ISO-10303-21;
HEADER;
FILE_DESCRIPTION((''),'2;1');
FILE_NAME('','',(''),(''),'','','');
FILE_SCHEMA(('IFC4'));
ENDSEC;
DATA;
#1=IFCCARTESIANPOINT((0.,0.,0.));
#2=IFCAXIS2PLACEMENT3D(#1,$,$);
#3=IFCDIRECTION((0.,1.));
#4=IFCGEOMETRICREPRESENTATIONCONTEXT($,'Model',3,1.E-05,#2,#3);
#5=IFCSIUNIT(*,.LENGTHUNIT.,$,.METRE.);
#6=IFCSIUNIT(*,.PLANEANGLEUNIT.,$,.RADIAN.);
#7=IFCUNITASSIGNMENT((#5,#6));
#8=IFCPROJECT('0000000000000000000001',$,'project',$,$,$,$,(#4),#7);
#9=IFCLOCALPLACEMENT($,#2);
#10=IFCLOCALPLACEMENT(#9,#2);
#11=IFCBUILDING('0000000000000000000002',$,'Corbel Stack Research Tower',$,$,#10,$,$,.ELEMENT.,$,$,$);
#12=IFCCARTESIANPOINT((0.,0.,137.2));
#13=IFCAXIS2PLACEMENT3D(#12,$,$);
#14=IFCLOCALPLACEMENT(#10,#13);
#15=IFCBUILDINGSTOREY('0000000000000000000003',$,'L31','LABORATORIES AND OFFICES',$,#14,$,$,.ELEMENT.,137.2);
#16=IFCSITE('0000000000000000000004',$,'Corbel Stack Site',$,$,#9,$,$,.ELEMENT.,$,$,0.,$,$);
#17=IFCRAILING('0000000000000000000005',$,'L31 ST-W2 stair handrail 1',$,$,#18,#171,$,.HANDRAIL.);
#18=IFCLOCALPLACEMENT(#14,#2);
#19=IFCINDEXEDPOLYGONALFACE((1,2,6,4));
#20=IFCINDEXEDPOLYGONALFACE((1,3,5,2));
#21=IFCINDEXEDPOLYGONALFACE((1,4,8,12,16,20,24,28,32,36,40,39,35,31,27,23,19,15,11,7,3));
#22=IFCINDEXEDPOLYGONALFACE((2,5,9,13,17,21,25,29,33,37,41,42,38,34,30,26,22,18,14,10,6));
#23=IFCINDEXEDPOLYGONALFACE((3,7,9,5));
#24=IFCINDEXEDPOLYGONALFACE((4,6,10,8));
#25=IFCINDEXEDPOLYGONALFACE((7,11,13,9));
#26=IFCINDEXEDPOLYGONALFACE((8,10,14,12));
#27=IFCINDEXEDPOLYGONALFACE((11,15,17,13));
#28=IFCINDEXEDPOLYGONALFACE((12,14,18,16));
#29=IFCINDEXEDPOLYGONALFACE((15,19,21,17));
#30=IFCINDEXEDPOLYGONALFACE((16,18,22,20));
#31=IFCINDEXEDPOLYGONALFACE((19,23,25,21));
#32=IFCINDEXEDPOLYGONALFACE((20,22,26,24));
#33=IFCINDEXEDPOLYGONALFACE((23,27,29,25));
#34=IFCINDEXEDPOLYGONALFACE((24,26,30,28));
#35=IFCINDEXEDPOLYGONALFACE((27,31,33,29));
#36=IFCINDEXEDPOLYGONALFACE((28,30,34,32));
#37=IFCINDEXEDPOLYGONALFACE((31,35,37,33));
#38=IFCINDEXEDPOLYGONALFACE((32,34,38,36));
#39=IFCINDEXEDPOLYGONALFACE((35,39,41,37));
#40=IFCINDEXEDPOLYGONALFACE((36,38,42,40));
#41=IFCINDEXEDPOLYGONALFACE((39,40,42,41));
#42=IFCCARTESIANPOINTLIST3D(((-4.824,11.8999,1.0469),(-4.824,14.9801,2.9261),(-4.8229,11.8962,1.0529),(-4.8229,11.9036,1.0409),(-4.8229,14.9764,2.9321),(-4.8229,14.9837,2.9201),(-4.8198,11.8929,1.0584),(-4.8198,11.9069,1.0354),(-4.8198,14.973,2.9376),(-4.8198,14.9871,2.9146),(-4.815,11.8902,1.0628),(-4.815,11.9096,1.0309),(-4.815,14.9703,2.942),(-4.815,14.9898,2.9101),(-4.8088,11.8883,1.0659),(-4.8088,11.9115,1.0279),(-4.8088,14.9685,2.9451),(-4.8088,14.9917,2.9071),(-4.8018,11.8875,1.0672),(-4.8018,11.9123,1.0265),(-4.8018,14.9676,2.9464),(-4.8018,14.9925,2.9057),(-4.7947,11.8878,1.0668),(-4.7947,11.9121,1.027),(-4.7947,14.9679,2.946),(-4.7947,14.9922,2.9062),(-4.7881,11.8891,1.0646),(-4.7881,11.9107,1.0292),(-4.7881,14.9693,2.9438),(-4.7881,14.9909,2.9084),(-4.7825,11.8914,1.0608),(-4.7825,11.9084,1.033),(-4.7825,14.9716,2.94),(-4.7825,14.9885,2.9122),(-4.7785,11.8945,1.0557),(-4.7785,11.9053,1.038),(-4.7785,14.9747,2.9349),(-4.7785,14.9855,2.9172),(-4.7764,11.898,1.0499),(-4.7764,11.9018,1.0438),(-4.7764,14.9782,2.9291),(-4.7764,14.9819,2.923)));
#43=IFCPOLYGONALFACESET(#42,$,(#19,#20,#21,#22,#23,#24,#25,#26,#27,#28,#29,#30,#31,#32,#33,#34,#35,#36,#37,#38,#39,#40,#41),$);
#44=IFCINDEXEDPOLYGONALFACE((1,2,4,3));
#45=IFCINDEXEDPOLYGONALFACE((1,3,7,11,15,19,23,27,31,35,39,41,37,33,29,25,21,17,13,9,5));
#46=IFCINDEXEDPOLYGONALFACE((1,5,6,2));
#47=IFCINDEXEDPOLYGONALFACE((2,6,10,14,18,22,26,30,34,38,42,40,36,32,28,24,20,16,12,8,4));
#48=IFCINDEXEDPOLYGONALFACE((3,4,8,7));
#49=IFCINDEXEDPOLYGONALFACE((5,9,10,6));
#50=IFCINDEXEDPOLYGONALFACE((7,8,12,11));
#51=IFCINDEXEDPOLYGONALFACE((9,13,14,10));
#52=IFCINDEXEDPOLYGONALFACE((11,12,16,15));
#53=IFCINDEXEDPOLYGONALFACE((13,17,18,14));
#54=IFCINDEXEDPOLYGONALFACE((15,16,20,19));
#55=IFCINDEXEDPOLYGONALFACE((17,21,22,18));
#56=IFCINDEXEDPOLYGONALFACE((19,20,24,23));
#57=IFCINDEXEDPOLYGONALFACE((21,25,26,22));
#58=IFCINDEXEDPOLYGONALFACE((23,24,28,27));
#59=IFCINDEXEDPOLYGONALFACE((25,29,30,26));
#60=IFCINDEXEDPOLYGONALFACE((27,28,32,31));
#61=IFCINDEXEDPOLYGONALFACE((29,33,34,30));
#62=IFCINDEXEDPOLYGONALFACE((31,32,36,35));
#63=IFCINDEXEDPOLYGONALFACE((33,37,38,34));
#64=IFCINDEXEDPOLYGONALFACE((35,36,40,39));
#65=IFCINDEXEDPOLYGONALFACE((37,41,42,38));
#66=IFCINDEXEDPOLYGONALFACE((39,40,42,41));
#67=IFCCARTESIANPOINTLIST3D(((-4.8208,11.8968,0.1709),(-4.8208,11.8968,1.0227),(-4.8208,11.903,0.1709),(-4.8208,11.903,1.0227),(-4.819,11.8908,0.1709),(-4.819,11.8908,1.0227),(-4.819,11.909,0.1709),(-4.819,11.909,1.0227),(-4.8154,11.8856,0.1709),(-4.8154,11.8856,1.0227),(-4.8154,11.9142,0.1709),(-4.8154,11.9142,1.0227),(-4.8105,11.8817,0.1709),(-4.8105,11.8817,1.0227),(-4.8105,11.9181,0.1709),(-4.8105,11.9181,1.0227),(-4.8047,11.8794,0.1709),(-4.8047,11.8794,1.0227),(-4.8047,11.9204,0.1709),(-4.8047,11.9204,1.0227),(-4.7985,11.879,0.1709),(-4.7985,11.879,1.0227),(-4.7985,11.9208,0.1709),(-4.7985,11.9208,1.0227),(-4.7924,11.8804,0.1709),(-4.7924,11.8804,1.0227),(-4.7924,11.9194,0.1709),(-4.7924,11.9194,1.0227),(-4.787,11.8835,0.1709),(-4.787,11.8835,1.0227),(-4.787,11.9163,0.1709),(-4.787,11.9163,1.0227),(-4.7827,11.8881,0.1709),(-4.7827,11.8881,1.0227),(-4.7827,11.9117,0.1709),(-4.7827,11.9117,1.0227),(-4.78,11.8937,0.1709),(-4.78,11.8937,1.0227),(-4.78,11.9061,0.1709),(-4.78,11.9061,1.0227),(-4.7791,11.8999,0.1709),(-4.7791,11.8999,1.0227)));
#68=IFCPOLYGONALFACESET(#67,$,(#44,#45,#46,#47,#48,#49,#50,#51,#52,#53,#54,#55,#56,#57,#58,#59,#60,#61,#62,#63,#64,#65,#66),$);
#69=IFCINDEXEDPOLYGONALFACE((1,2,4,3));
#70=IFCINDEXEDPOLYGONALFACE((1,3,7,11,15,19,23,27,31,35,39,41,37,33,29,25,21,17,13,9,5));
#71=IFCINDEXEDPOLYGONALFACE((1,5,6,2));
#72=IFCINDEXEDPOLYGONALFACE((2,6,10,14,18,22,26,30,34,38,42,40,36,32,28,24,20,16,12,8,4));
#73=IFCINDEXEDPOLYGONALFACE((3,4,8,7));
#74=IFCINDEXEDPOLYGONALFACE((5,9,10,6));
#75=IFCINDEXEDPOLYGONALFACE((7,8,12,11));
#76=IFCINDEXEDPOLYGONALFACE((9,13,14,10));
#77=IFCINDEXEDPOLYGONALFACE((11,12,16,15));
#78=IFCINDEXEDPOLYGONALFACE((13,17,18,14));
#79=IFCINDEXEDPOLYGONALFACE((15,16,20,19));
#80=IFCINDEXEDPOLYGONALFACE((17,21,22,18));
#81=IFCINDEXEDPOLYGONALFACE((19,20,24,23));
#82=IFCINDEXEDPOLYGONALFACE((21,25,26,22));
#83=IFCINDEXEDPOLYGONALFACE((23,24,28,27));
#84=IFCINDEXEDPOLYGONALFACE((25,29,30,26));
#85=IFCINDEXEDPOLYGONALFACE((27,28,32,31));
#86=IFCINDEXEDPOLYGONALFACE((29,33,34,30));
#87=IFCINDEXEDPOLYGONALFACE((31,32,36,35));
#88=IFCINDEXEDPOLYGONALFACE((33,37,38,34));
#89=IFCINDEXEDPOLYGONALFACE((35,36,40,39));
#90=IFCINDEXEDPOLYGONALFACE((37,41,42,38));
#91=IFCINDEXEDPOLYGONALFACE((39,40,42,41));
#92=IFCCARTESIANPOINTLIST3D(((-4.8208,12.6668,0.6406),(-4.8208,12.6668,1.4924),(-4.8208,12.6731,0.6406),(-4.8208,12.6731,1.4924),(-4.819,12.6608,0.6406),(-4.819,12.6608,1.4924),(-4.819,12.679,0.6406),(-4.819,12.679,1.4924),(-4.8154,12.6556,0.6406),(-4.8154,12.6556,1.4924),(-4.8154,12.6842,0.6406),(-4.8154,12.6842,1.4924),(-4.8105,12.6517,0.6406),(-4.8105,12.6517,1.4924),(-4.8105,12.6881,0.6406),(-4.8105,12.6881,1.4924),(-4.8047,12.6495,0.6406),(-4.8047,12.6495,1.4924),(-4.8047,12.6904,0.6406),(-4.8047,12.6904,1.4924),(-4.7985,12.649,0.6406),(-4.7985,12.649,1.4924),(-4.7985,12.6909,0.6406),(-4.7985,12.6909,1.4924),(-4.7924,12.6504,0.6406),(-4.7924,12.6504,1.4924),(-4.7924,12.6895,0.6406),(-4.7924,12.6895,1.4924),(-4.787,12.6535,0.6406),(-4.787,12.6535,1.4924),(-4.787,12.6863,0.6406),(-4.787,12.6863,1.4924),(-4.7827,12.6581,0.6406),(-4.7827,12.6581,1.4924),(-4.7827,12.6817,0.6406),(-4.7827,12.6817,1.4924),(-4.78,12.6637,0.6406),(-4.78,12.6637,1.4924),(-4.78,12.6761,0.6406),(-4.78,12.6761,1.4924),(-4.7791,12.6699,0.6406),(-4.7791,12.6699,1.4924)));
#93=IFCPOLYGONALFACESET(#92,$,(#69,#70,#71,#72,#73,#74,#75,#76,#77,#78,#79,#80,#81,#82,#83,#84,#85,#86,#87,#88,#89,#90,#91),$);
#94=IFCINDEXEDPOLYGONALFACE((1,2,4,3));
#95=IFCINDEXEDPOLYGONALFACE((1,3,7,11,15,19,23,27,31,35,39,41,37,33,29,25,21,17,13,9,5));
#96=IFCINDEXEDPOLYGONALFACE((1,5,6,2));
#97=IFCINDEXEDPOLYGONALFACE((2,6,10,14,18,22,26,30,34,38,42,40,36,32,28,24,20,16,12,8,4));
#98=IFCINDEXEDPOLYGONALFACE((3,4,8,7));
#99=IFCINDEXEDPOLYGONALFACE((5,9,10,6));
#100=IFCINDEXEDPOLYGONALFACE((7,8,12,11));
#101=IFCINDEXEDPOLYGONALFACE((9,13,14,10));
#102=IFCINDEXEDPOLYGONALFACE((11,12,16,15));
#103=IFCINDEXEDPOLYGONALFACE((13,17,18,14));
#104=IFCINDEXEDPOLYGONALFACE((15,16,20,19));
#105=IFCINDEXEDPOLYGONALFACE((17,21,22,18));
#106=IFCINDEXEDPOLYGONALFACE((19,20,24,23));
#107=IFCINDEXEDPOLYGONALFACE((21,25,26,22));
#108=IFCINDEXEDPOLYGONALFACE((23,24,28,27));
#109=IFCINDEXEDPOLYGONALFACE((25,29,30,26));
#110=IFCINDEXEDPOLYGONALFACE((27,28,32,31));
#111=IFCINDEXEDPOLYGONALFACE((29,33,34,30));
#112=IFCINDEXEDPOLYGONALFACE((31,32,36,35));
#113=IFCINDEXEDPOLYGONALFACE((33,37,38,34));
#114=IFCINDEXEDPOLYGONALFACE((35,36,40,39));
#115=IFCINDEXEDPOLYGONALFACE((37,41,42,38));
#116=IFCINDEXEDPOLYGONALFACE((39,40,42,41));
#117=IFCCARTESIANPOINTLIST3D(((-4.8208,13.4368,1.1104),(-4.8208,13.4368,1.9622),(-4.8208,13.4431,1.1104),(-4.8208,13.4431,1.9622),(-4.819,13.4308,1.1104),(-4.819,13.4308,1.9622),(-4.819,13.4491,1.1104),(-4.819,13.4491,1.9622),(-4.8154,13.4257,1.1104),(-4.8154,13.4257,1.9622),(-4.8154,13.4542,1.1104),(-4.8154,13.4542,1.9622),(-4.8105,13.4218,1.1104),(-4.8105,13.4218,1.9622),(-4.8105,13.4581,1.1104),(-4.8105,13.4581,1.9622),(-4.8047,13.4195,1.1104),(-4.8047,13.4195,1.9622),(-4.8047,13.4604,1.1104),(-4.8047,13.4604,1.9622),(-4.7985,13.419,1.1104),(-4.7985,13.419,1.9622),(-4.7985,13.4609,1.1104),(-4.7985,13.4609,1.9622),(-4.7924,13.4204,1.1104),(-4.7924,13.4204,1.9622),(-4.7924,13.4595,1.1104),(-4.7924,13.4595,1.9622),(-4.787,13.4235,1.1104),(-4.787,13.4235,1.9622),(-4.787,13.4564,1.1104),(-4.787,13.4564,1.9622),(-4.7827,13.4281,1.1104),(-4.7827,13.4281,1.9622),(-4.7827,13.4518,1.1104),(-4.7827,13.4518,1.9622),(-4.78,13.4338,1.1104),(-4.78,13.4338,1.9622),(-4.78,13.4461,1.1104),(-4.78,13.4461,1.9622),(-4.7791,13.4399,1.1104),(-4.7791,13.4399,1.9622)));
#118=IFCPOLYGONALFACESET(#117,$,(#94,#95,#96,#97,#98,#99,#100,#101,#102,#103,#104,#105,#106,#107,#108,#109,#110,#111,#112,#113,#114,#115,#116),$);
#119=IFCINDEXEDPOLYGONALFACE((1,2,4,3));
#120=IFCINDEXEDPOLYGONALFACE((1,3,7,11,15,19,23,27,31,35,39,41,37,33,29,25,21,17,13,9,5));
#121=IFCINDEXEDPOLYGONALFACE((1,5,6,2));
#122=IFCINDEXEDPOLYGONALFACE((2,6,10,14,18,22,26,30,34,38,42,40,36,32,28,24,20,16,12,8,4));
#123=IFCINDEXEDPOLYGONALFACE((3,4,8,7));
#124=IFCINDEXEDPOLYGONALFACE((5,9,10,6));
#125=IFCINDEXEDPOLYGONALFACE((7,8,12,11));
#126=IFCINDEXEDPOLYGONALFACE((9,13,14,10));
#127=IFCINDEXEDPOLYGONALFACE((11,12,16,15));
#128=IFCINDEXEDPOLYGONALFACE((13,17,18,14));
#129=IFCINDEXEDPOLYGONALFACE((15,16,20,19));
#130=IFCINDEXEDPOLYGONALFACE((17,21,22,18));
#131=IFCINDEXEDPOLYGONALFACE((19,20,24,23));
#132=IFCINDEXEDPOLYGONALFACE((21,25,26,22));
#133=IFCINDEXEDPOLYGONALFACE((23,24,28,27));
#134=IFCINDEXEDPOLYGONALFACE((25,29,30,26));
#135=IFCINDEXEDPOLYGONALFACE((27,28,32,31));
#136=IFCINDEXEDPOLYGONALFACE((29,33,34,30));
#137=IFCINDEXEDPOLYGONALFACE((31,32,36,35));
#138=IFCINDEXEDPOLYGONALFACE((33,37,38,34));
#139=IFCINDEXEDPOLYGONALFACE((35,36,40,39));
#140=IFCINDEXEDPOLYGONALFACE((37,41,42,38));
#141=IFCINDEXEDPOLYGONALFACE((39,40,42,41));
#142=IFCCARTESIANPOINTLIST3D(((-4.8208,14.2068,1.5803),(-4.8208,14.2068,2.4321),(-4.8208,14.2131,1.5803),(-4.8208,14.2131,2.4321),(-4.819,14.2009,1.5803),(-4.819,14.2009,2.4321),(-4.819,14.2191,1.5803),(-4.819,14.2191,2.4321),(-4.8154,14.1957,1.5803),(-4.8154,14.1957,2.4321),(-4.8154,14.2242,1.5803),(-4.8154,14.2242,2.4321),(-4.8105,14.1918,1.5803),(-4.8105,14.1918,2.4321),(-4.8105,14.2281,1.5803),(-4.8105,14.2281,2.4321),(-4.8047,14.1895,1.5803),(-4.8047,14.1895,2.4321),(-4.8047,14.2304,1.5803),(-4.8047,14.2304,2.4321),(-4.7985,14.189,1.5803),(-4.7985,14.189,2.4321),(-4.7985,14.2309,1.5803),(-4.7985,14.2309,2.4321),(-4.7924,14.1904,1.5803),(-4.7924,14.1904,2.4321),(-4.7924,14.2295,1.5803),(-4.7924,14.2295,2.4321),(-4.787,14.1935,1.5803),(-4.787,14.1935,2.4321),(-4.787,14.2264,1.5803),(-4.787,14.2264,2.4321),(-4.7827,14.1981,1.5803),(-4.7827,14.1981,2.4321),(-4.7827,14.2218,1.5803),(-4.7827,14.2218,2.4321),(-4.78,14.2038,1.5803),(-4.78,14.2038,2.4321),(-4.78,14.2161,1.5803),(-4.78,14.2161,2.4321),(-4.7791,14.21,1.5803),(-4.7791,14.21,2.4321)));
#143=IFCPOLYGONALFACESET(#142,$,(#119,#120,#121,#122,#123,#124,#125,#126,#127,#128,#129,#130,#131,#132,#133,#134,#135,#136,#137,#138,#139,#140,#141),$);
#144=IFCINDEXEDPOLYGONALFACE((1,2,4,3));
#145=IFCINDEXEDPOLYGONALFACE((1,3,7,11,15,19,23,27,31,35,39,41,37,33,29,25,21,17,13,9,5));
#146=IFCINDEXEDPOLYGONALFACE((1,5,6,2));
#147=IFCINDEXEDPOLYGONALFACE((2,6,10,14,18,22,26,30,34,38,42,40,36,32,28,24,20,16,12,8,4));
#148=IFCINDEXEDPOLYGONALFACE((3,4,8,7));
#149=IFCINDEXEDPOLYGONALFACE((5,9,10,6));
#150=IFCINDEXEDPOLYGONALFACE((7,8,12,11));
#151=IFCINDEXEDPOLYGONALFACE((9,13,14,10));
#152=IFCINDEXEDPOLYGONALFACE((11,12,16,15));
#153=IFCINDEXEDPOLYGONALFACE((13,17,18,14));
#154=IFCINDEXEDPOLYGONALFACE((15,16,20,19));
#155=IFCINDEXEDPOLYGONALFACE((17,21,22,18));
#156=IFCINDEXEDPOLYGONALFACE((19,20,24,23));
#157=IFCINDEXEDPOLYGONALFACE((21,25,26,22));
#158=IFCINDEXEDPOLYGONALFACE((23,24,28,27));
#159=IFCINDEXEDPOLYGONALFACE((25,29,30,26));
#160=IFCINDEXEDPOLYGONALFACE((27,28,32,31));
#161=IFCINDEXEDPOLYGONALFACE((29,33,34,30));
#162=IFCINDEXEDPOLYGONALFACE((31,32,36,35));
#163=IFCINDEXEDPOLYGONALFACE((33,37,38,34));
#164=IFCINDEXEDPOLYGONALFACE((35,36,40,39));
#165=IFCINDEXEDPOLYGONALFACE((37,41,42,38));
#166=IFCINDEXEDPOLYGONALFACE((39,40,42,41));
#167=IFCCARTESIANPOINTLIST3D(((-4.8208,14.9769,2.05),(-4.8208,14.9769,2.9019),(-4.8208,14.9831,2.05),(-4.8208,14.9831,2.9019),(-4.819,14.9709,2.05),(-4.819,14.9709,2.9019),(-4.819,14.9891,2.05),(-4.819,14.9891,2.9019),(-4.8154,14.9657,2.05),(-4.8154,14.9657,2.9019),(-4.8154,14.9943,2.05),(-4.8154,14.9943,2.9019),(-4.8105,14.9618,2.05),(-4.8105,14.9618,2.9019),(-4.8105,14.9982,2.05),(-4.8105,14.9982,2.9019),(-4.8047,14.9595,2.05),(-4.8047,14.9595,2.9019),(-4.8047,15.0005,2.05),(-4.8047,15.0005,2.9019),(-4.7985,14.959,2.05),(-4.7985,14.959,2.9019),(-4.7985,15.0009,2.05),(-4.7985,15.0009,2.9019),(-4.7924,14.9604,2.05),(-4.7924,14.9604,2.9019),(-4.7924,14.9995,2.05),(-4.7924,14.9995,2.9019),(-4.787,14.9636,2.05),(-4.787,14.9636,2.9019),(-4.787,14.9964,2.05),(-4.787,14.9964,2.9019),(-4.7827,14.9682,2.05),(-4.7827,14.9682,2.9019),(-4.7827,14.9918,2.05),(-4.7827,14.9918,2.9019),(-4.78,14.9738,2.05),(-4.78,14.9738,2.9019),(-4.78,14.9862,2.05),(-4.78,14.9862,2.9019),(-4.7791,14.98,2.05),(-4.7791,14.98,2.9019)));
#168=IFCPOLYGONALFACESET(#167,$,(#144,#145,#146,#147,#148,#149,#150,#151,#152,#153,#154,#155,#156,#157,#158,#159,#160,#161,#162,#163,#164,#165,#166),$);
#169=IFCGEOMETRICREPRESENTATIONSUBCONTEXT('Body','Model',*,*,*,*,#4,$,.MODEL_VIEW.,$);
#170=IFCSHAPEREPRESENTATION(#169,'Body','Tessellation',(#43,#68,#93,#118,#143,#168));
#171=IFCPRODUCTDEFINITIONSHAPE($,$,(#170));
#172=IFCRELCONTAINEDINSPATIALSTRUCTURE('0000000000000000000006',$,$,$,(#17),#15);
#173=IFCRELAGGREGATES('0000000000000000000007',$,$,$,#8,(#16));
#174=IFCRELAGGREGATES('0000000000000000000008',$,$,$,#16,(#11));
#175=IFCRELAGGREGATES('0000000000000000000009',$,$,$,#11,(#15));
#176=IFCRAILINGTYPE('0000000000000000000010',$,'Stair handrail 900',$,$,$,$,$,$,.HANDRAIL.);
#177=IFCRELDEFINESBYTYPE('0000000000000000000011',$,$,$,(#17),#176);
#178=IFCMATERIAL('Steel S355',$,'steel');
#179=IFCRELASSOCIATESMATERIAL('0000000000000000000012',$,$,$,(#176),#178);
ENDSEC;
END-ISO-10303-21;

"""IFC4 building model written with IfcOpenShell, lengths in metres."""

from ifc_helpers import new_model, si_unit, direction, frame, origin, origin_2d, place, context, subcontext, project, spatial, circle, extrude, material, type_object, element, save


model = new_model("IFC4")

# Units and contexts
model_context = context("Model", 3, precision=1e-05, world=origin(), true_north=direction((0.0, 1.0)))
body_context = subcontext(model_context, "Body", "Model", "MODEL_VIEW")
ifc_project = project(units=[si_unit("LENGTHUNIT", "METRE"), si_unit("PLANEANGLEUNIT", "RADIAN")], contexts=[model_context])

# Site, building, storey
site_placement = place(None, origin())
site = spatial("IfcSite", under=ifc_project, at=site_placement, Name="Corbel Stack Site", CompositionType="ELEMENT", RefElevation=0.0)
building_placement = place(site_placement, origin())
building = spatial("IfcBuilding", under=site, at=building_placement, Name="Corbel Stack Research Tower", CompositionType="ELEMENT")
storey_placement = place(building_placement, frame((0.0, 0.0, 137.2)))
storey = spatial("IfcBuildingStorey", under=building, at=storey_placement, Name="L31", Description="LABORATORIES AND OFFICES", CompositionType="ELEMENT", Elevation=137.2)

# Railing
ifc_material_1 = material(Name="Steel S355", Category="steel")
railing_type_1 = type_object("IfcRailingType", Name="Stair handrail 900", PredefinedType="HANDRAIL", material=ifc_material_1)
railing_1_placement = place(storey_placement, frame((-4.8, 11.8999, 0.1709)))
element("IfcRailing", 1, at=railing_1_placement, inside=storey, type_object=railing_type_1, Name="L31 ST-W2 stair handrail 1", PredefinedType="HANDRAIL", context=body_context, shape_type="SweptSolid", body=[
    extrude(circle(Radius=0.0239, at=origin_2d()), frame((0.0, 0.0, 0.876), z_axis=(0.0, 0.853666, 0.52082), x_axis=(-1.0, 0.0, 0.0)), (0.0, 0.0, 1.0), 3.6082),
    extrude(circle(Radius=0.021, at=origin_2d()), origin(), (0.0, 0.0, 1.0), 0.8518),
    extrude(circle(Radius=0.021, at=origin_2d()), frame((0.0, 0.77, 0.4697)), (0.0, 0.0, 1.0), 0.8518),
    extrude(circle(Radius=0.021, at=origin_2d()), frame((0.0, 1.54, 0.9395)), (0.0, 0.0, 1.0), 0.8518),
    extrude(circle(Radius=0.021, at=origin_2d()), frame((0.0, 2.3101, 1.4094)), (0.0, 0.0, 1.0), 0.8518),
    extrude(circle(Radius=0.021, at=origin_2d()), frame((0.0, 3.0801, 1.8792)), (0.0, 0.0, 1.0), 0.8518),
])

save(model, "model.ifc")
